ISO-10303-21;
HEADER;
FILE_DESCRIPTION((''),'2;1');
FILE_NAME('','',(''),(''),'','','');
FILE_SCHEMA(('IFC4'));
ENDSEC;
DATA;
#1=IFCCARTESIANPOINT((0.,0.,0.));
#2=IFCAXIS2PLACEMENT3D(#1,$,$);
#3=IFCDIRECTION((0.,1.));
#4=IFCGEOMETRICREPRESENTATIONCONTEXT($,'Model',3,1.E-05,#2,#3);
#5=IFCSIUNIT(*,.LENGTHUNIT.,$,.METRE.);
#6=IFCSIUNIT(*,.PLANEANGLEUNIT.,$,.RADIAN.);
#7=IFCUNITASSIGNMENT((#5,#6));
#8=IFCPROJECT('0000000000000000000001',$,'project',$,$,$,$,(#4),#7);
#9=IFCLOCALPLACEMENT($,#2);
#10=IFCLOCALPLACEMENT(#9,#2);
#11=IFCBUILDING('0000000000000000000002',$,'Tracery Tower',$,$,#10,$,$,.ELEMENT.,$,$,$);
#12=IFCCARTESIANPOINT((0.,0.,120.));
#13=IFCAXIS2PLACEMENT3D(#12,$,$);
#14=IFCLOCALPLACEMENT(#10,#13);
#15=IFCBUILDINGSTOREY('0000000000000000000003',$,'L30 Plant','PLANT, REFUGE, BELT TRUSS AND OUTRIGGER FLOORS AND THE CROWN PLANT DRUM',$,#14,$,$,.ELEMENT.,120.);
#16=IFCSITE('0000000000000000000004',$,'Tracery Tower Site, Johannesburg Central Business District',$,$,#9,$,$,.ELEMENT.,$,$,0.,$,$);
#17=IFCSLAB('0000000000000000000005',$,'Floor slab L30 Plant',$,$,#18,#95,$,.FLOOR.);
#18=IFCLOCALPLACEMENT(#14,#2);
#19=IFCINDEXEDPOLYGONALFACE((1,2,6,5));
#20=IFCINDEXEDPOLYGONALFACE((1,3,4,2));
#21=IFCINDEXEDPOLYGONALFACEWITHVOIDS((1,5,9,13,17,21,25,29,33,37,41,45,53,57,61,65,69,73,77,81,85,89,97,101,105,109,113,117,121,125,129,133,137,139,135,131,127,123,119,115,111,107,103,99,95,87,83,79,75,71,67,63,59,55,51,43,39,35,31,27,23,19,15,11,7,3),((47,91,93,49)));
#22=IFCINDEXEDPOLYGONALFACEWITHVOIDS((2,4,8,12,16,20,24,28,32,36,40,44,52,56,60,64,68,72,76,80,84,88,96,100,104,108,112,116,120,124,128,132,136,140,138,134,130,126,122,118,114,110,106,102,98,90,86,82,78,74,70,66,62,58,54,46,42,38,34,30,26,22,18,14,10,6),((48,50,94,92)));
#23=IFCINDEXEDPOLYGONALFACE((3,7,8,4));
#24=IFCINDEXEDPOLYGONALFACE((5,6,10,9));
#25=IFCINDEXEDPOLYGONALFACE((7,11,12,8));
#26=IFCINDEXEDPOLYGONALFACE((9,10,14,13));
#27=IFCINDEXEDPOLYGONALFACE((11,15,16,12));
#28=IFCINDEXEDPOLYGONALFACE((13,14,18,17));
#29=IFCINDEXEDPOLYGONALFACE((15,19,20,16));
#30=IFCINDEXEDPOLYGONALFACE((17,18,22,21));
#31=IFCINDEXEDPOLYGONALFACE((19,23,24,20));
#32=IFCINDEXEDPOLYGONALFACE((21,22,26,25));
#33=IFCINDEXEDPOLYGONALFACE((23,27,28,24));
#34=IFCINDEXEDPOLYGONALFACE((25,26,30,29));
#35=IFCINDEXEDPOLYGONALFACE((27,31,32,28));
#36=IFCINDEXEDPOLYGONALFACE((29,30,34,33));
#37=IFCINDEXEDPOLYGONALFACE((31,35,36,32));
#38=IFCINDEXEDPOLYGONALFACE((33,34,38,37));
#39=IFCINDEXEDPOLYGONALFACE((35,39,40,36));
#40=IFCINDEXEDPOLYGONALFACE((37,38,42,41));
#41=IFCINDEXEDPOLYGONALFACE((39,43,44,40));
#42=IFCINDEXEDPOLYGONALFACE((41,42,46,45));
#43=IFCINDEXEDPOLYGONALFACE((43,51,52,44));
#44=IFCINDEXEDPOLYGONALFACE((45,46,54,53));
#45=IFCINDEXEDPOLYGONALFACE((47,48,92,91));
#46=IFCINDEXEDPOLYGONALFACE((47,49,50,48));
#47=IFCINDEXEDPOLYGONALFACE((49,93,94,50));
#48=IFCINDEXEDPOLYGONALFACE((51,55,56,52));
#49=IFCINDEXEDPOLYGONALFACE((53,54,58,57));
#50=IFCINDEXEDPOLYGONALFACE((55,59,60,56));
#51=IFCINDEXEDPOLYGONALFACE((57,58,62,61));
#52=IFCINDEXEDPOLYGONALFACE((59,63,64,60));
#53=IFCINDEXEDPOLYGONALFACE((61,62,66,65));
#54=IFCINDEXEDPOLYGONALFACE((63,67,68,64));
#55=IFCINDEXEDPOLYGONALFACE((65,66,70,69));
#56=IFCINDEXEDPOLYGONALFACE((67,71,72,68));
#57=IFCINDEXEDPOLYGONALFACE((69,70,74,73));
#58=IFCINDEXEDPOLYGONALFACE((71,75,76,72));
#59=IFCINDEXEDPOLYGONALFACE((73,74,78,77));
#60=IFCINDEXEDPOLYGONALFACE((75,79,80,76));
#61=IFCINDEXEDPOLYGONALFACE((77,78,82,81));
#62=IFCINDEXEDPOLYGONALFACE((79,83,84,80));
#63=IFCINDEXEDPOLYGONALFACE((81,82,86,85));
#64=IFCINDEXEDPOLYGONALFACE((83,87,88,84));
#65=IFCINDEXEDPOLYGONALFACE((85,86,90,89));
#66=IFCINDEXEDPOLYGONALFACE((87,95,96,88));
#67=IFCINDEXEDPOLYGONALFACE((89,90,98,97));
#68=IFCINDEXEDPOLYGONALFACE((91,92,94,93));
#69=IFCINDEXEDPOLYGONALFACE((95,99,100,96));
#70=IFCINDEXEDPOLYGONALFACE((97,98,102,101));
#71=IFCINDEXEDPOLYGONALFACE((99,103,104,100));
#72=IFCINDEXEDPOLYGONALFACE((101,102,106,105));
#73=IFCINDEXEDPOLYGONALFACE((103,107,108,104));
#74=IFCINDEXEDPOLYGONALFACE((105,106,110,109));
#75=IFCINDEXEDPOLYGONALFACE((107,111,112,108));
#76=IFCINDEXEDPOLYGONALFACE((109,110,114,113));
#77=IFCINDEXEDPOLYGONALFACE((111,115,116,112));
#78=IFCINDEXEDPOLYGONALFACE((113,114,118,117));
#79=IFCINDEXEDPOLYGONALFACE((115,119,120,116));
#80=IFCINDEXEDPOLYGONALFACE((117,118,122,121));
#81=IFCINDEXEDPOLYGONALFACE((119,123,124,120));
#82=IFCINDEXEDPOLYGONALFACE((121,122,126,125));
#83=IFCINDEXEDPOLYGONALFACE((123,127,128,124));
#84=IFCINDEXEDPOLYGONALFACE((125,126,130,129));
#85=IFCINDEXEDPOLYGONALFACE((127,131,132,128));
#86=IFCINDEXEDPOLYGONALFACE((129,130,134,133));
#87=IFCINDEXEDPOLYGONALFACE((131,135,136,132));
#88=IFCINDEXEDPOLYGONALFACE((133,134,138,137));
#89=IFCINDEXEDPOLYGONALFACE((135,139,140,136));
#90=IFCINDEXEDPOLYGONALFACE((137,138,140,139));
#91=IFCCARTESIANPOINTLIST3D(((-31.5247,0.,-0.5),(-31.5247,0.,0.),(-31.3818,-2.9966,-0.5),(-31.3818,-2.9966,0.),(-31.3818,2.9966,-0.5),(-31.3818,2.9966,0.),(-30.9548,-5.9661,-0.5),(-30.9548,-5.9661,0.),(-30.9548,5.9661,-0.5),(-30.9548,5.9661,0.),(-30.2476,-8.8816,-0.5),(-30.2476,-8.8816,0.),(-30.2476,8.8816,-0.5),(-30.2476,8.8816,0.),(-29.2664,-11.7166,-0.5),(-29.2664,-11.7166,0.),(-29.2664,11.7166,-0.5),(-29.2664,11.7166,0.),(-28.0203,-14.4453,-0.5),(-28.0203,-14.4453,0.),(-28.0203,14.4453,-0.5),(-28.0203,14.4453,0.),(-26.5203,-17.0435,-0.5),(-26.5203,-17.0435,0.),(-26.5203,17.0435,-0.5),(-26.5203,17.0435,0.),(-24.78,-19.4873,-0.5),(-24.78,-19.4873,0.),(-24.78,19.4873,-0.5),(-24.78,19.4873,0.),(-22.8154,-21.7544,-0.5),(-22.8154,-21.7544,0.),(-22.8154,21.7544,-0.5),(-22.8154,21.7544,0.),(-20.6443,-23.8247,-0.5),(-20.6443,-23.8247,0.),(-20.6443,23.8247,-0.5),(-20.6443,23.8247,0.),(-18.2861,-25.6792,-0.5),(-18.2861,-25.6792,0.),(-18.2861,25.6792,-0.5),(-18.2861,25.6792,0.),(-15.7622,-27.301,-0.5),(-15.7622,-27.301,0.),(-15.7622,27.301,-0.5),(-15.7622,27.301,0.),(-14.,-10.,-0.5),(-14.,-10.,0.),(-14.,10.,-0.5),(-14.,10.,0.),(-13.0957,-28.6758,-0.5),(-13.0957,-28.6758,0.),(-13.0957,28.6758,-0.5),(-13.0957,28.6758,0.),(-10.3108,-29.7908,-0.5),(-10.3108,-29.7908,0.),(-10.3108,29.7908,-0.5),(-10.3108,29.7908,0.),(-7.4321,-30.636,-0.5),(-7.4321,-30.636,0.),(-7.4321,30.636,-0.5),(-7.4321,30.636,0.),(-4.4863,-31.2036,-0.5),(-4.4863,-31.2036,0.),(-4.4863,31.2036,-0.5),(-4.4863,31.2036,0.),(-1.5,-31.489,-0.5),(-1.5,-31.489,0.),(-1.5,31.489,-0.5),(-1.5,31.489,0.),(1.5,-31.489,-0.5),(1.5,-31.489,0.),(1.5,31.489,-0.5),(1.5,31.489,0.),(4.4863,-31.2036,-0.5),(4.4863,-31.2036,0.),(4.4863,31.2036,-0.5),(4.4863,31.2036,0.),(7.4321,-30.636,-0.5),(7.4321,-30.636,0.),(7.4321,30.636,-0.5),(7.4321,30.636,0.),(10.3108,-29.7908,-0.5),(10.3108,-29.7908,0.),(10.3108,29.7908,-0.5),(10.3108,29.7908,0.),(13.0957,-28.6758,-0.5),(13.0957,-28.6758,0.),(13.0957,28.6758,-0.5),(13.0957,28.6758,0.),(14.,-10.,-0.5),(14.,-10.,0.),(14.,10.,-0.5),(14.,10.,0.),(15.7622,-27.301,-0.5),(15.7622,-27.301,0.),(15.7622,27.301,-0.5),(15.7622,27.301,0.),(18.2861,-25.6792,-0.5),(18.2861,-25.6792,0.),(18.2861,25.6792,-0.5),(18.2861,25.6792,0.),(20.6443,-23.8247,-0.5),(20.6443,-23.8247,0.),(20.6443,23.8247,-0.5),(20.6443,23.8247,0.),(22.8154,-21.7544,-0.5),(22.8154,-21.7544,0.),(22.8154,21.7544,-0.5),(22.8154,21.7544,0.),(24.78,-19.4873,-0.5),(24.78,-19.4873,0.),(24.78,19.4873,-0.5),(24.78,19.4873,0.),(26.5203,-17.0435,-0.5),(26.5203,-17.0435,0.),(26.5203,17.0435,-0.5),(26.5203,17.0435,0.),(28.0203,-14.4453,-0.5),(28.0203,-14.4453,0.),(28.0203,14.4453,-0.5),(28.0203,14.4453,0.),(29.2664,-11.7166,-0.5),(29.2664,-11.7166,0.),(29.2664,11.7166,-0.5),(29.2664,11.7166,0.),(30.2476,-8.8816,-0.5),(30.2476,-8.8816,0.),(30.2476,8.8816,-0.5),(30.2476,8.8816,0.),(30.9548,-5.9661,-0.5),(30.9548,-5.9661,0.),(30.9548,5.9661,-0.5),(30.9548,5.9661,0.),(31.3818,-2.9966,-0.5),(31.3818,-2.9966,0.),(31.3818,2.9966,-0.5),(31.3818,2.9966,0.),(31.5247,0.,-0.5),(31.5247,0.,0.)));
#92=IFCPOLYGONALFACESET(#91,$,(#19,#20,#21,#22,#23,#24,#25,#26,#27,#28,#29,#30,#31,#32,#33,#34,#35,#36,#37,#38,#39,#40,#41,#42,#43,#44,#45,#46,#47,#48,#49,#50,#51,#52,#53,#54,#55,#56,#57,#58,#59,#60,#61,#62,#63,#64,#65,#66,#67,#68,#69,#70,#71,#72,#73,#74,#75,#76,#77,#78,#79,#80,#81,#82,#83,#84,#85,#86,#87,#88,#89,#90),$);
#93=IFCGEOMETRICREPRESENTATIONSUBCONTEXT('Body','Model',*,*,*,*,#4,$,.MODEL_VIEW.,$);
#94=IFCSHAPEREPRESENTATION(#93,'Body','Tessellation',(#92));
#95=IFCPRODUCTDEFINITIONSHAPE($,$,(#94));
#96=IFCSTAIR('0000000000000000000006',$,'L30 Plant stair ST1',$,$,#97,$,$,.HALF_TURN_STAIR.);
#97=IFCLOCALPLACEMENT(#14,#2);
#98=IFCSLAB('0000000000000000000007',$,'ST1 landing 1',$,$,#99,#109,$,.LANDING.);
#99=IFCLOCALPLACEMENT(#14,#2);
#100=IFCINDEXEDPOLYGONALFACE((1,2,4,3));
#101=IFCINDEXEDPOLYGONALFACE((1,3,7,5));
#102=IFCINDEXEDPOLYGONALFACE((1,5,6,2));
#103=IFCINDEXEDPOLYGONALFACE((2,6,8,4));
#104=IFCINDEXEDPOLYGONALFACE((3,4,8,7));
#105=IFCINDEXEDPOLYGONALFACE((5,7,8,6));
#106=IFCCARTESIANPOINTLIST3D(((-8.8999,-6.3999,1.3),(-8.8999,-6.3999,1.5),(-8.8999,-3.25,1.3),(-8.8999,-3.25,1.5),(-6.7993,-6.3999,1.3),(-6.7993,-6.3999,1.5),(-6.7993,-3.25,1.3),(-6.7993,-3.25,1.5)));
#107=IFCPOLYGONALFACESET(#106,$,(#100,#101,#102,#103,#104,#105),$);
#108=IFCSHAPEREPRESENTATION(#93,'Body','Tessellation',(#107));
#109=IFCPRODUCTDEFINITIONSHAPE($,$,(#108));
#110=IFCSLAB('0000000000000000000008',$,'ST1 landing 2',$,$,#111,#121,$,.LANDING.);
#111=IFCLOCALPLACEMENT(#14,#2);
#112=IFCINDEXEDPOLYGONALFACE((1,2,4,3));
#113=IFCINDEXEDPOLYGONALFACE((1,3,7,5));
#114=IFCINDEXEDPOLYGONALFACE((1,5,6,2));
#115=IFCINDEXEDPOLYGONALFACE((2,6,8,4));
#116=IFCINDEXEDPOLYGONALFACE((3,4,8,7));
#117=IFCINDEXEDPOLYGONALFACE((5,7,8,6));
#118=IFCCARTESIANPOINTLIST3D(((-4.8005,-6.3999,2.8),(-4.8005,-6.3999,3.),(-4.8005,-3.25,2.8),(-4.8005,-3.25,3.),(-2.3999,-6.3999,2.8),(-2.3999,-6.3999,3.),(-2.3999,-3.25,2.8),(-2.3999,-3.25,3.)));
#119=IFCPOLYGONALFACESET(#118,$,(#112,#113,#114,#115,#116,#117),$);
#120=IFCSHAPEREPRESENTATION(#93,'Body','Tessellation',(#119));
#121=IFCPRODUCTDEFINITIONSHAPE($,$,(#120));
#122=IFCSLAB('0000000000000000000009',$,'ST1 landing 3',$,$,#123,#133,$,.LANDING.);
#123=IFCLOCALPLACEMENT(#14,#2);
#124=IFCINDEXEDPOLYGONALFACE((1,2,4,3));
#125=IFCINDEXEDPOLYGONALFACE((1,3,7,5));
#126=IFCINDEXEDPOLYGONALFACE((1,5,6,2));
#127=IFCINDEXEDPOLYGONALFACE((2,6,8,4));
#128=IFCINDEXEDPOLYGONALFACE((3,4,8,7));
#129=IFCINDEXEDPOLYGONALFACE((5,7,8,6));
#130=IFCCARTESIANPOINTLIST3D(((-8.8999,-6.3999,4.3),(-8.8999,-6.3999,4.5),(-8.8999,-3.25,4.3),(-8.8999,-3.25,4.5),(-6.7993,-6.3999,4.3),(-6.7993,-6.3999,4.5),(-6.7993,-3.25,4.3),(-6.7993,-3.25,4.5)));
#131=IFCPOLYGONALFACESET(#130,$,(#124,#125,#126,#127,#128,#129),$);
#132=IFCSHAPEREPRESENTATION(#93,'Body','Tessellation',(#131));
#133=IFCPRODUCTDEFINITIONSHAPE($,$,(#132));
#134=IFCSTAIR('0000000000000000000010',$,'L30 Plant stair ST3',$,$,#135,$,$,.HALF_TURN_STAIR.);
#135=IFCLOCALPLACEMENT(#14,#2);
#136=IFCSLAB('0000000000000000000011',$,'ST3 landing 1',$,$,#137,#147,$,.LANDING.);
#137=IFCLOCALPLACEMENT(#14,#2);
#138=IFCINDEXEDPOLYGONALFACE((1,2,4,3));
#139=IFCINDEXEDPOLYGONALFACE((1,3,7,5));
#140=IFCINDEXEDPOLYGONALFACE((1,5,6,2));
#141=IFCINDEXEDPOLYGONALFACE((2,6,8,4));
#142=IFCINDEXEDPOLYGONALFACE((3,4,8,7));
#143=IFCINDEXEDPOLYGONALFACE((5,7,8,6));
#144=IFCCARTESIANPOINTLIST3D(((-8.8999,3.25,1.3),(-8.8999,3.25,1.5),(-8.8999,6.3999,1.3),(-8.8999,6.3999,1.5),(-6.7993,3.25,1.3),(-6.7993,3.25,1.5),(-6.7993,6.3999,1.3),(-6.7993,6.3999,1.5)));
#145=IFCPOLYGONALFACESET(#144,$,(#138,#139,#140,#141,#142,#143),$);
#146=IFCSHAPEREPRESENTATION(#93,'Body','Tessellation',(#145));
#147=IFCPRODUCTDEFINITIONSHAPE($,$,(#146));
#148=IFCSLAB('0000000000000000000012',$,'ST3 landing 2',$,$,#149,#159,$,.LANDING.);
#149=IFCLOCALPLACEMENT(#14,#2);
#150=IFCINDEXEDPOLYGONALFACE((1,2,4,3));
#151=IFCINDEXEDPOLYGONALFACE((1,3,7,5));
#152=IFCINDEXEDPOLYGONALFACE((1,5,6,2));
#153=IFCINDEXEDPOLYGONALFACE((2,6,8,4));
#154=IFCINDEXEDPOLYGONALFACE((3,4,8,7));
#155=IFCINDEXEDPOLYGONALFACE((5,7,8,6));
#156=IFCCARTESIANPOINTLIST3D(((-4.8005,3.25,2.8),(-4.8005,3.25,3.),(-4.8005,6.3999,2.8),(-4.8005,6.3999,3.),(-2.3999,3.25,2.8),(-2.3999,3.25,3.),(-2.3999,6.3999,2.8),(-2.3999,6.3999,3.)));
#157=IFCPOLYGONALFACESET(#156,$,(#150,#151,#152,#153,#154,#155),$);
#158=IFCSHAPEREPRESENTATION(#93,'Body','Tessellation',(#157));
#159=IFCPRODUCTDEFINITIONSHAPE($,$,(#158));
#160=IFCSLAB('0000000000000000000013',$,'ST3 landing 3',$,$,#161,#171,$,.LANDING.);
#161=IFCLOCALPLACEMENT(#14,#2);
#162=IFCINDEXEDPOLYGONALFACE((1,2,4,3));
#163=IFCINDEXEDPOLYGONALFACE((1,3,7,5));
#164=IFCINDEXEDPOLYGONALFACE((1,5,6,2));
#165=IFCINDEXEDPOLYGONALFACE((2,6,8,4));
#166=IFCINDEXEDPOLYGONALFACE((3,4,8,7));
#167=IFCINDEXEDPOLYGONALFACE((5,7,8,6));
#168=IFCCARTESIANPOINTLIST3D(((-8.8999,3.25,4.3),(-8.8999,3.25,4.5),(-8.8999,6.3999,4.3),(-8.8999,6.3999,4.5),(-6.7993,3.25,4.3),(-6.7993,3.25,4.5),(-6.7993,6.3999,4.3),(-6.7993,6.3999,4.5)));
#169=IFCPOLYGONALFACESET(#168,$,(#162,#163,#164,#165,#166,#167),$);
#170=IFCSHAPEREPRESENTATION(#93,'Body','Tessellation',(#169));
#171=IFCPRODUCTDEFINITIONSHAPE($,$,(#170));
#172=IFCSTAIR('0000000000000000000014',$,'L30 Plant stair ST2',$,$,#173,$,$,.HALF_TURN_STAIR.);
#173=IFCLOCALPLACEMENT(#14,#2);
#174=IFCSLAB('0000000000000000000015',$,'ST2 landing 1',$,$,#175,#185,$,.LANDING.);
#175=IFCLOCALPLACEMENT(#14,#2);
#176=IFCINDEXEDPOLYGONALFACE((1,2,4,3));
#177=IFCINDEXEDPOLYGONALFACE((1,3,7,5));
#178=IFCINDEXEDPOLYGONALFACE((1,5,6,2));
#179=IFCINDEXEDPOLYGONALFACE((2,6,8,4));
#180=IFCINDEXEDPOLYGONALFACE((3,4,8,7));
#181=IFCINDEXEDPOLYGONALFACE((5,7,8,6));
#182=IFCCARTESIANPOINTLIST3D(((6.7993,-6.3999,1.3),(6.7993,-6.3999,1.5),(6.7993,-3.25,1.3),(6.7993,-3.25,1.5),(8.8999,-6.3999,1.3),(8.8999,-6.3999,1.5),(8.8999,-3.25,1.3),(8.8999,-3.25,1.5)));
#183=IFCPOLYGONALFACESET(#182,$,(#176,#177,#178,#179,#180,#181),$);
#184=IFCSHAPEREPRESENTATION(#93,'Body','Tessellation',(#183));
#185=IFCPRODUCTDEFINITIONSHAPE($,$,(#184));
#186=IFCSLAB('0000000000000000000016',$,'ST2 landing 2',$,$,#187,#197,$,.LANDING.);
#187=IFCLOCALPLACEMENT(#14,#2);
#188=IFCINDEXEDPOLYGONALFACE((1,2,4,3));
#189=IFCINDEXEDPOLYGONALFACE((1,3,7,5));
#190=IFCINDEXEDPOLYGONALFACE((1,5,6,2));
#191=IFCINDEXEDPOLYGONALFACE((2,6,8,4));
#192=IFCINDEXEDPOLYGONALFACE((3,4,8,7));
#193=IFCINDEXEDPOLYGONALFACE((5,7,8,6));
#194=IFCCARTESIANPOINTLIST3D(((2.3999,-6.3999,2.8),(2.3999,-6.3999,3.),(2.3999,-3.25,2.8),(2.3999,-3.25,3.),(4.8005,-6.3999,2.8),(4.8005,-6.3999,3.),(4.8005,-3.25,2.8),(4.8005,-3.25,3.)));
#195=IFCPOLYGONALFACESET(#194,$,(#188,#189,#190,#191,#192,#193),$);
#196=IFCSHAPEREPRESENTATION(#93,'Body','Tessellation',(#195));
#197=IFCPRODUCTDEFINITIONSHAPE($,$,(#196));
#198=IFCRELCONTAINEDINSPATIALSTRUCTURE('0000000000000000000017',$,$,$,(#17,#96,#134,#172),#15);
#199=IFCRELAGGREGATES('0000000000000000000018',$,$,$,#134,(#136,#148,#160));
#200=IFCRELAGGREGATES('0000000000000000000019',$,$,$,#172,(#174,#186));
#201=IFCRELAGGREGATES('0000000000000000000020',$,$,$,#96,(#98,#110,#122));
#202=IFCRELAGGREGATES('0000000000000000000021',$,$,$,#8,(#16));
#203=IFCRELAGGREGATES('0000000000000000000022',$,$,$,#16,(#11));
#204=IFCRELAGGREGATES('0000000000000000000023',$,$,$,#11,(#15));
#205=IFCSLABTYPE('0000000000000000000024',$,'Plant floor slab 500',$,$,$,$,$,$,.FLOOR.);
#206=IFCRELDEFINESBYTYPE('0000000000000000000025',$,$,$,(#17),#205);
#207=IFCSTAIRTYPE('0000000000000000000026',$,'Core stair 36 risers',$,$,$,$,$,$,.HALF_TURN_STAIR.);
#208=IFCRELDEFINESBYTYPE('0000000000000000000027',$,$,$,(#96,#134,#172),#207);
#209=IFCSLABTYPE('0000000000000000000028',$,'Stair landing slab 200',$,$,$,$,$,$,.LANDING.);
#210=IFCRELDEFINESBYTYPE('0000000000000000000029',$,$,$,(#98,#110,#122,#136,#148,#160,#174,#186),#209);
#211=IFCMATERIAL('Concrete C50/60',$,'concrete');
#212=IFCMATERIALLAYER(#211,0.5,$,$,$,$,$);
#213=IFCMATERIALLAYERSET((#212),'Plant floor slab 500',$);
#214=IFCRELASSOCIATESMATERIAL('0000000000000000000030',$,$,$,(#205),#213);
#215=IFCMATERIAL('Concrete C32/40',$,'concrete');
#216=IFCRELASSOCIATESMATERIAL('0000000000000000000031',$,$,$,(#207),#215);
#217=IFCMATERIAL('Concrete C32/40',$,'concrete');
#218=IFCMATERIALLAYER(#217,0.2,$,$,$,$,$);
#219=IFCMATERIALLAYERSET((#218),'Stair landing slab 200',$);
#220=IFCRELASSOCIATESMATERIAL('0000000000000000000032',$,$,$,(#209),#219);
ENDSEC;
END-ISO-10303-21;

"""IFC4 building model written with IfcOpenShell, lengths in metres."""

from ifc_helpers import new_model, si_unit, direction, frame, origin, place, context, subcontext, project, spatial, polyline, outline, extrude, material, layer, layer_set, type_object, element, aggregate, save


model = new_model("IFC4")

# Units and contexts
model_context = context("Model", 3, precision=1e-05, world=origin(), true_north=direction((0.0, 1.0)))
body_context = subcontext(model_context, "Body", "Model", "MODEL_VIEW")
ifc_project = project(units=[si_unit("LENGTHUNIT", "METRE"), si_unit("PLANEANGLEUNIT", "RADIAN")], contexts=[model_context])

# Site, building, storey
site_placement = place(None, origin())
site = spatial("IfcSite", under=ifc_project, at=site_placement, Name="Tracery Tower Site, Johannesburg Central Business District", CompositionType="ELEMENT", RefElevation=0.0)
building_placement = place(site_placement, origin())
building = spatial("IfcBuilding", under=site, at=building_placement, Name="Tracery Tower", CompositionType="ELEMENT")
storey_placement = place(building_placement, frame((0.0, 0.0, 120.0)))
storey = spatial("IfcBuildingStorey", under=building, at=storey_placement, Name="L30 Plant", Description="PLANT, REFUGE, BELT TRUSS AND OUTRIGGER FLOORS AND THE CROWN PLANT DRUM", CompositionType="ELEMENT", Elevation=120.0)

# Slab
ifc_material_1 = material(Name="Concrete C50/60", Category="concrete")
ifc_layer_1 = layer(ifc_material_1, 0.5)
ifc_layer_set_1 = layer_set([ifc_layer_1], Name="Plant floor slab 500")
slab_type_1 = type_object("IfcSlabType", Name="Plant floor slab 500", PredefinedType="FLOOR", material=ifc_layer_set_1)
slab_1_placement = place(storey_placement, frame((0.0, 0.0, -0.5)))
element("IfcSlab", 1, at=slab_1_placement, inside=storey, type_object=slab_type_1, Name="Floor slab L30 Plant", PredefinedType="FLOOR", context=body_context, shape_type="SweptSolid", body=[
    extrude(outline(polyline([(31.5247, 0.0), (31.3818, 2.9966), (30.9548, 5.9661), (30.2476, 8.8816), (29.2664, 11.7166), (28.0203, 14.4453), (26.5203, 17.0435), (24.78, 19.4873), (22.8154, 21.7544), (20.6443, 23.8247), (18.2861, 25.6792), (15.7622, 27.301), (13.0957, 28.6758), (10.3108, 29.7908), (7.4321, 30.636), (4.4863, 31.2036), (1.5, 31.489), (-1.5, 31.489), (-4.4863, 31.2036), (-7.4321, 30.636), (-10.3108, 29.7908), (-13.0957, 28.6758), (-15.7622, 27.301), (-18.2861, 25.6792), (-20.6443, 23.8247), (-22.8154, 21.7544), (-24.78, 19.4873), (-26.5203, 17.0435), (-28.0203, 14.4453), (-29.2664, 11.7166), (-30.2476, 8.8816), (-30.9548, 5.9661), (-31.3818, 2.9966), (-31.5247, 0.0), (-31.3818, -2.9966), (-30.9548, -5.9661), (-30.2476, -8.8816), (-29.2664, -11.7166), (-28.0203, -14.4453), (-26.5203, -17.0435), (-24.78, -19.4873), (-22.8154, -21.7544), (-20.6443, -23.8247), (-18.2861, -25.6792), (-15.7622, -27.301), (-13.0957, -28.6758), (-10.3108, -29.7908), (-7.4321, -30.636), (-4.4863, -31.2036), (-1.5, -31.489), (1.5, -31.489), (4.4863, -31.2036), (7.4321, -30.636), (10.3108, -29.7908), (13.0957, -28.6758), (15.7622, -27.301), (18.2861, -25.6792), (20.6443, -23.8247), (22.8154, -21.7544), (24.78, -19.4873), (26.5203, -17.0435), (28.0203, -14.4453), (29.2664, -11.7166), (30.2476, -8.8816), (30.9548, -5.9661), (31.3818, -2.9966), (31.5247, 0.0)]), holes=[polyline([(-14.0, -10.0), (14.0, -10.0), (14.0, 10.0), (-14.0, 10.0), (-14.0, -10.0)])]), origin(), (0.0, 0.0, 1.0), 0.5),
])

# Stairs, slabs
ifc_material_2 = material(Name="Concrete C32/40", Category="concrete")
stair_type = type_object("IfcStairType", Name="Core stair 36 risers", PredefinedType="HALF_TURN_STAIR", material=ifc_material_2)
stair_1_placement = place(storey_placement, origin())
stair_1 = element("IfcStair", 2, at=stair_1_placement, inside=storey, type_object=stair_type, Name="L30 Plant stair ST1", PredefinedType="HALF_TURN_STAIR")
ifc_material_3 = material(Name="Concrete C32/40", Category="concrete")
ifc_layer_2 = layer(ifc_material_3, 0.2)
ifc_layer_set_2 = layer_set([ifc_layer_2], Name="Stair landing slab 200")
slab_type_2 = type_object("IfcSlabType", Name="Stair landing slab 200", PredefinedType="LANDING", material=ifc_layer_set_2)
slab_2_placement = place(storey_placement, frame((0.0, 0.0, 1.3)))
slab_2 = element("IfcSlab", 3, at=slab_2_placement, type_object=slab_type_2, Name="ST1 landing 1", PredefinedType="LANDING", context=body_context, shape_type="SweptSolid", body=[
    extrude(outline(polyline([(-6.7993, -3.25), (-8.8999, -3.25), (-8.8999, -6.3999), (-6.7993, -6.3999), (-6.7993, -3.25)])), origin(), (0.0, 0.0, 1.0), 0.2),
])
slab_3_placement = place(storey_placement, frame((0.0, 0.0, 2.8)))
slab_3 = element("IfcSlab", 4, at=slab_3_placement, type_object=slab_type_2, Name="ST1 landing 2", PredefinedType="LANDING", context=body_context, shape_type="SweptSolid", body=[
    extrude(outline(polyline([(-2.3999, -3.25), (-4.8005, -3.25), (-4.8005, -6.3999), (-2.3999, -6.3999), (-2.3999, -3.25)])), origin(), (0.0, 0.0, 1.0), 0.2),
])
slab_4_placement = place(storey_placement, frame((0.0, 0.0, 4.3)))
slab_4 = element("IfcSlab", 5, at=slab_4_placement, type_object=slab_type_2, Name="ST1 landing 3", PredefinedType="LANDING", context=body_context, shape_type="SweptSolid", body=[
    extrude(outline(polyline([(-6.7993, -3.25), (-8.8999, -3.25), (-8.8999, -6.3999), (-6.7993, -6.3999), (-6.7993, -3.25)])), origin(), (0.0, 0.0, 1.0), 0.2),
])
stair_2_placement = place(storey_placement, origin())
stair_2 = element("IfcStair", 6, at=stair_2_placement, inside=storey, type_object=stair_type, Name="L30 Plant stair ST3", PredefinedType="HALF_TURN_STAIR")
slab_5_placement = place(storey_placement, frame((0.0, 0.0, 1.3)))
slab_5 = element("IfcSlab", 7, at=slab_5_placement, type_object=slab_type_2, Name="ST3 landing 1", PredefinedType="LANDING", context=body_context, shape_type="SweptSolid", body=[
    extrude(outline(polyline([(-6.7993, 6.3999), (-8.8999, 6.3999), (-8.8999, 3.25), (-6.7993, 3.25), (-6.7993, 6.3999)])), origin(), (0.0, 0.0, 1.0), 0.2),
])
slab_6_placement = place(storey_placement, frame((0.0, 0.0, 2.8)))
slab_6 = element("IfcSlab", 8, at=slab_6_placement, type_object=slab_type_2, Name="ST3 landing 2", PredefinedType="LANDING", context=body_context, shape_type="SweptSolid", body=[
    extrude(outline(polyline([(-2.3999, 6.3999), (-4.8005, 6.3999), (-4.8005, 3.25), (-2.3999, 3.25), (-2.3999, 6.3999)])), origin(), (0.0, 0.0, 1.0), 0.2),
])
slab_7_placement = place(storey_placement, frame((0.0, 0.0, 4.3)))
slab_7 = element("IfcSlab", 9, at=slab_7_placement, type_object=slab_type_2, Name="ST3 landing 3", PredefinedType="LANDING", context=body_context, shape_type="SweptSolid", body=[
    extrude(outline(polyline([(-6.7993, 6.3999), (-8.8999, 6.3999), (-8.8999, 3.25), (-6.7993, 3.25), (-6.7993, 6.3999)])), origin(), (0.0, 0.0, 1.0), 0.2),
])
aggregate(stair_2, [slab_5, slab_6, slab_7])
stair_3_placement = place(storey_placement, origin())
stair_3 = element("IfcStair", 10, at=stair_3_placement, inside=storey, type_object=stair_type, Name="L30 Plant stair ST2", PredefinedType="HALF_TURN_STAIR")
slab_8_placement = place(storey_placement, frame((0.0, 0.0, 1.3)))
slab_8 = element("IfcSlab", 11, at=slab_8_placement, type_object=slab_type_2, Name="ST2 landing 1", PredefinedType="LANDING", context=body_context, shape_type="SweptSolid", body=[
    extrude(outline(polyline([(6.7993, -6.3999), (8.8999, -6.3999), (8.8999, -3.25), (6.7993, -3.25), (6.7993, -6.3999)])), origin(), (0.0, 0.0, 1.0), 0.2),
])
slab_9_placement = place(storey_placement, frame((0.0, 0.0, 2.8)))
slab_9 = element("IfcSlab", 12, at=slab_9_placement, type_object=slab_type_2, Name="ST2 landing 2", PredefinedType="LANDING", context=body_context, shape_type="SweptSolid", body=[
    extrude(outline(polyline([(2.3999, -6.3999), (4.8005, -6.3999), (4.8005, -3.25), (2.3999, -3.25), (2.3999, -6.3999)])), origin(), (0.0, 0.0, 1.0), 0.2),
])
aggregate(stair_3, [slab_8, slab_9])

aggregate(stair_1, [slab_2, slab_3, slab_4])

save(model, "model.ifc")
